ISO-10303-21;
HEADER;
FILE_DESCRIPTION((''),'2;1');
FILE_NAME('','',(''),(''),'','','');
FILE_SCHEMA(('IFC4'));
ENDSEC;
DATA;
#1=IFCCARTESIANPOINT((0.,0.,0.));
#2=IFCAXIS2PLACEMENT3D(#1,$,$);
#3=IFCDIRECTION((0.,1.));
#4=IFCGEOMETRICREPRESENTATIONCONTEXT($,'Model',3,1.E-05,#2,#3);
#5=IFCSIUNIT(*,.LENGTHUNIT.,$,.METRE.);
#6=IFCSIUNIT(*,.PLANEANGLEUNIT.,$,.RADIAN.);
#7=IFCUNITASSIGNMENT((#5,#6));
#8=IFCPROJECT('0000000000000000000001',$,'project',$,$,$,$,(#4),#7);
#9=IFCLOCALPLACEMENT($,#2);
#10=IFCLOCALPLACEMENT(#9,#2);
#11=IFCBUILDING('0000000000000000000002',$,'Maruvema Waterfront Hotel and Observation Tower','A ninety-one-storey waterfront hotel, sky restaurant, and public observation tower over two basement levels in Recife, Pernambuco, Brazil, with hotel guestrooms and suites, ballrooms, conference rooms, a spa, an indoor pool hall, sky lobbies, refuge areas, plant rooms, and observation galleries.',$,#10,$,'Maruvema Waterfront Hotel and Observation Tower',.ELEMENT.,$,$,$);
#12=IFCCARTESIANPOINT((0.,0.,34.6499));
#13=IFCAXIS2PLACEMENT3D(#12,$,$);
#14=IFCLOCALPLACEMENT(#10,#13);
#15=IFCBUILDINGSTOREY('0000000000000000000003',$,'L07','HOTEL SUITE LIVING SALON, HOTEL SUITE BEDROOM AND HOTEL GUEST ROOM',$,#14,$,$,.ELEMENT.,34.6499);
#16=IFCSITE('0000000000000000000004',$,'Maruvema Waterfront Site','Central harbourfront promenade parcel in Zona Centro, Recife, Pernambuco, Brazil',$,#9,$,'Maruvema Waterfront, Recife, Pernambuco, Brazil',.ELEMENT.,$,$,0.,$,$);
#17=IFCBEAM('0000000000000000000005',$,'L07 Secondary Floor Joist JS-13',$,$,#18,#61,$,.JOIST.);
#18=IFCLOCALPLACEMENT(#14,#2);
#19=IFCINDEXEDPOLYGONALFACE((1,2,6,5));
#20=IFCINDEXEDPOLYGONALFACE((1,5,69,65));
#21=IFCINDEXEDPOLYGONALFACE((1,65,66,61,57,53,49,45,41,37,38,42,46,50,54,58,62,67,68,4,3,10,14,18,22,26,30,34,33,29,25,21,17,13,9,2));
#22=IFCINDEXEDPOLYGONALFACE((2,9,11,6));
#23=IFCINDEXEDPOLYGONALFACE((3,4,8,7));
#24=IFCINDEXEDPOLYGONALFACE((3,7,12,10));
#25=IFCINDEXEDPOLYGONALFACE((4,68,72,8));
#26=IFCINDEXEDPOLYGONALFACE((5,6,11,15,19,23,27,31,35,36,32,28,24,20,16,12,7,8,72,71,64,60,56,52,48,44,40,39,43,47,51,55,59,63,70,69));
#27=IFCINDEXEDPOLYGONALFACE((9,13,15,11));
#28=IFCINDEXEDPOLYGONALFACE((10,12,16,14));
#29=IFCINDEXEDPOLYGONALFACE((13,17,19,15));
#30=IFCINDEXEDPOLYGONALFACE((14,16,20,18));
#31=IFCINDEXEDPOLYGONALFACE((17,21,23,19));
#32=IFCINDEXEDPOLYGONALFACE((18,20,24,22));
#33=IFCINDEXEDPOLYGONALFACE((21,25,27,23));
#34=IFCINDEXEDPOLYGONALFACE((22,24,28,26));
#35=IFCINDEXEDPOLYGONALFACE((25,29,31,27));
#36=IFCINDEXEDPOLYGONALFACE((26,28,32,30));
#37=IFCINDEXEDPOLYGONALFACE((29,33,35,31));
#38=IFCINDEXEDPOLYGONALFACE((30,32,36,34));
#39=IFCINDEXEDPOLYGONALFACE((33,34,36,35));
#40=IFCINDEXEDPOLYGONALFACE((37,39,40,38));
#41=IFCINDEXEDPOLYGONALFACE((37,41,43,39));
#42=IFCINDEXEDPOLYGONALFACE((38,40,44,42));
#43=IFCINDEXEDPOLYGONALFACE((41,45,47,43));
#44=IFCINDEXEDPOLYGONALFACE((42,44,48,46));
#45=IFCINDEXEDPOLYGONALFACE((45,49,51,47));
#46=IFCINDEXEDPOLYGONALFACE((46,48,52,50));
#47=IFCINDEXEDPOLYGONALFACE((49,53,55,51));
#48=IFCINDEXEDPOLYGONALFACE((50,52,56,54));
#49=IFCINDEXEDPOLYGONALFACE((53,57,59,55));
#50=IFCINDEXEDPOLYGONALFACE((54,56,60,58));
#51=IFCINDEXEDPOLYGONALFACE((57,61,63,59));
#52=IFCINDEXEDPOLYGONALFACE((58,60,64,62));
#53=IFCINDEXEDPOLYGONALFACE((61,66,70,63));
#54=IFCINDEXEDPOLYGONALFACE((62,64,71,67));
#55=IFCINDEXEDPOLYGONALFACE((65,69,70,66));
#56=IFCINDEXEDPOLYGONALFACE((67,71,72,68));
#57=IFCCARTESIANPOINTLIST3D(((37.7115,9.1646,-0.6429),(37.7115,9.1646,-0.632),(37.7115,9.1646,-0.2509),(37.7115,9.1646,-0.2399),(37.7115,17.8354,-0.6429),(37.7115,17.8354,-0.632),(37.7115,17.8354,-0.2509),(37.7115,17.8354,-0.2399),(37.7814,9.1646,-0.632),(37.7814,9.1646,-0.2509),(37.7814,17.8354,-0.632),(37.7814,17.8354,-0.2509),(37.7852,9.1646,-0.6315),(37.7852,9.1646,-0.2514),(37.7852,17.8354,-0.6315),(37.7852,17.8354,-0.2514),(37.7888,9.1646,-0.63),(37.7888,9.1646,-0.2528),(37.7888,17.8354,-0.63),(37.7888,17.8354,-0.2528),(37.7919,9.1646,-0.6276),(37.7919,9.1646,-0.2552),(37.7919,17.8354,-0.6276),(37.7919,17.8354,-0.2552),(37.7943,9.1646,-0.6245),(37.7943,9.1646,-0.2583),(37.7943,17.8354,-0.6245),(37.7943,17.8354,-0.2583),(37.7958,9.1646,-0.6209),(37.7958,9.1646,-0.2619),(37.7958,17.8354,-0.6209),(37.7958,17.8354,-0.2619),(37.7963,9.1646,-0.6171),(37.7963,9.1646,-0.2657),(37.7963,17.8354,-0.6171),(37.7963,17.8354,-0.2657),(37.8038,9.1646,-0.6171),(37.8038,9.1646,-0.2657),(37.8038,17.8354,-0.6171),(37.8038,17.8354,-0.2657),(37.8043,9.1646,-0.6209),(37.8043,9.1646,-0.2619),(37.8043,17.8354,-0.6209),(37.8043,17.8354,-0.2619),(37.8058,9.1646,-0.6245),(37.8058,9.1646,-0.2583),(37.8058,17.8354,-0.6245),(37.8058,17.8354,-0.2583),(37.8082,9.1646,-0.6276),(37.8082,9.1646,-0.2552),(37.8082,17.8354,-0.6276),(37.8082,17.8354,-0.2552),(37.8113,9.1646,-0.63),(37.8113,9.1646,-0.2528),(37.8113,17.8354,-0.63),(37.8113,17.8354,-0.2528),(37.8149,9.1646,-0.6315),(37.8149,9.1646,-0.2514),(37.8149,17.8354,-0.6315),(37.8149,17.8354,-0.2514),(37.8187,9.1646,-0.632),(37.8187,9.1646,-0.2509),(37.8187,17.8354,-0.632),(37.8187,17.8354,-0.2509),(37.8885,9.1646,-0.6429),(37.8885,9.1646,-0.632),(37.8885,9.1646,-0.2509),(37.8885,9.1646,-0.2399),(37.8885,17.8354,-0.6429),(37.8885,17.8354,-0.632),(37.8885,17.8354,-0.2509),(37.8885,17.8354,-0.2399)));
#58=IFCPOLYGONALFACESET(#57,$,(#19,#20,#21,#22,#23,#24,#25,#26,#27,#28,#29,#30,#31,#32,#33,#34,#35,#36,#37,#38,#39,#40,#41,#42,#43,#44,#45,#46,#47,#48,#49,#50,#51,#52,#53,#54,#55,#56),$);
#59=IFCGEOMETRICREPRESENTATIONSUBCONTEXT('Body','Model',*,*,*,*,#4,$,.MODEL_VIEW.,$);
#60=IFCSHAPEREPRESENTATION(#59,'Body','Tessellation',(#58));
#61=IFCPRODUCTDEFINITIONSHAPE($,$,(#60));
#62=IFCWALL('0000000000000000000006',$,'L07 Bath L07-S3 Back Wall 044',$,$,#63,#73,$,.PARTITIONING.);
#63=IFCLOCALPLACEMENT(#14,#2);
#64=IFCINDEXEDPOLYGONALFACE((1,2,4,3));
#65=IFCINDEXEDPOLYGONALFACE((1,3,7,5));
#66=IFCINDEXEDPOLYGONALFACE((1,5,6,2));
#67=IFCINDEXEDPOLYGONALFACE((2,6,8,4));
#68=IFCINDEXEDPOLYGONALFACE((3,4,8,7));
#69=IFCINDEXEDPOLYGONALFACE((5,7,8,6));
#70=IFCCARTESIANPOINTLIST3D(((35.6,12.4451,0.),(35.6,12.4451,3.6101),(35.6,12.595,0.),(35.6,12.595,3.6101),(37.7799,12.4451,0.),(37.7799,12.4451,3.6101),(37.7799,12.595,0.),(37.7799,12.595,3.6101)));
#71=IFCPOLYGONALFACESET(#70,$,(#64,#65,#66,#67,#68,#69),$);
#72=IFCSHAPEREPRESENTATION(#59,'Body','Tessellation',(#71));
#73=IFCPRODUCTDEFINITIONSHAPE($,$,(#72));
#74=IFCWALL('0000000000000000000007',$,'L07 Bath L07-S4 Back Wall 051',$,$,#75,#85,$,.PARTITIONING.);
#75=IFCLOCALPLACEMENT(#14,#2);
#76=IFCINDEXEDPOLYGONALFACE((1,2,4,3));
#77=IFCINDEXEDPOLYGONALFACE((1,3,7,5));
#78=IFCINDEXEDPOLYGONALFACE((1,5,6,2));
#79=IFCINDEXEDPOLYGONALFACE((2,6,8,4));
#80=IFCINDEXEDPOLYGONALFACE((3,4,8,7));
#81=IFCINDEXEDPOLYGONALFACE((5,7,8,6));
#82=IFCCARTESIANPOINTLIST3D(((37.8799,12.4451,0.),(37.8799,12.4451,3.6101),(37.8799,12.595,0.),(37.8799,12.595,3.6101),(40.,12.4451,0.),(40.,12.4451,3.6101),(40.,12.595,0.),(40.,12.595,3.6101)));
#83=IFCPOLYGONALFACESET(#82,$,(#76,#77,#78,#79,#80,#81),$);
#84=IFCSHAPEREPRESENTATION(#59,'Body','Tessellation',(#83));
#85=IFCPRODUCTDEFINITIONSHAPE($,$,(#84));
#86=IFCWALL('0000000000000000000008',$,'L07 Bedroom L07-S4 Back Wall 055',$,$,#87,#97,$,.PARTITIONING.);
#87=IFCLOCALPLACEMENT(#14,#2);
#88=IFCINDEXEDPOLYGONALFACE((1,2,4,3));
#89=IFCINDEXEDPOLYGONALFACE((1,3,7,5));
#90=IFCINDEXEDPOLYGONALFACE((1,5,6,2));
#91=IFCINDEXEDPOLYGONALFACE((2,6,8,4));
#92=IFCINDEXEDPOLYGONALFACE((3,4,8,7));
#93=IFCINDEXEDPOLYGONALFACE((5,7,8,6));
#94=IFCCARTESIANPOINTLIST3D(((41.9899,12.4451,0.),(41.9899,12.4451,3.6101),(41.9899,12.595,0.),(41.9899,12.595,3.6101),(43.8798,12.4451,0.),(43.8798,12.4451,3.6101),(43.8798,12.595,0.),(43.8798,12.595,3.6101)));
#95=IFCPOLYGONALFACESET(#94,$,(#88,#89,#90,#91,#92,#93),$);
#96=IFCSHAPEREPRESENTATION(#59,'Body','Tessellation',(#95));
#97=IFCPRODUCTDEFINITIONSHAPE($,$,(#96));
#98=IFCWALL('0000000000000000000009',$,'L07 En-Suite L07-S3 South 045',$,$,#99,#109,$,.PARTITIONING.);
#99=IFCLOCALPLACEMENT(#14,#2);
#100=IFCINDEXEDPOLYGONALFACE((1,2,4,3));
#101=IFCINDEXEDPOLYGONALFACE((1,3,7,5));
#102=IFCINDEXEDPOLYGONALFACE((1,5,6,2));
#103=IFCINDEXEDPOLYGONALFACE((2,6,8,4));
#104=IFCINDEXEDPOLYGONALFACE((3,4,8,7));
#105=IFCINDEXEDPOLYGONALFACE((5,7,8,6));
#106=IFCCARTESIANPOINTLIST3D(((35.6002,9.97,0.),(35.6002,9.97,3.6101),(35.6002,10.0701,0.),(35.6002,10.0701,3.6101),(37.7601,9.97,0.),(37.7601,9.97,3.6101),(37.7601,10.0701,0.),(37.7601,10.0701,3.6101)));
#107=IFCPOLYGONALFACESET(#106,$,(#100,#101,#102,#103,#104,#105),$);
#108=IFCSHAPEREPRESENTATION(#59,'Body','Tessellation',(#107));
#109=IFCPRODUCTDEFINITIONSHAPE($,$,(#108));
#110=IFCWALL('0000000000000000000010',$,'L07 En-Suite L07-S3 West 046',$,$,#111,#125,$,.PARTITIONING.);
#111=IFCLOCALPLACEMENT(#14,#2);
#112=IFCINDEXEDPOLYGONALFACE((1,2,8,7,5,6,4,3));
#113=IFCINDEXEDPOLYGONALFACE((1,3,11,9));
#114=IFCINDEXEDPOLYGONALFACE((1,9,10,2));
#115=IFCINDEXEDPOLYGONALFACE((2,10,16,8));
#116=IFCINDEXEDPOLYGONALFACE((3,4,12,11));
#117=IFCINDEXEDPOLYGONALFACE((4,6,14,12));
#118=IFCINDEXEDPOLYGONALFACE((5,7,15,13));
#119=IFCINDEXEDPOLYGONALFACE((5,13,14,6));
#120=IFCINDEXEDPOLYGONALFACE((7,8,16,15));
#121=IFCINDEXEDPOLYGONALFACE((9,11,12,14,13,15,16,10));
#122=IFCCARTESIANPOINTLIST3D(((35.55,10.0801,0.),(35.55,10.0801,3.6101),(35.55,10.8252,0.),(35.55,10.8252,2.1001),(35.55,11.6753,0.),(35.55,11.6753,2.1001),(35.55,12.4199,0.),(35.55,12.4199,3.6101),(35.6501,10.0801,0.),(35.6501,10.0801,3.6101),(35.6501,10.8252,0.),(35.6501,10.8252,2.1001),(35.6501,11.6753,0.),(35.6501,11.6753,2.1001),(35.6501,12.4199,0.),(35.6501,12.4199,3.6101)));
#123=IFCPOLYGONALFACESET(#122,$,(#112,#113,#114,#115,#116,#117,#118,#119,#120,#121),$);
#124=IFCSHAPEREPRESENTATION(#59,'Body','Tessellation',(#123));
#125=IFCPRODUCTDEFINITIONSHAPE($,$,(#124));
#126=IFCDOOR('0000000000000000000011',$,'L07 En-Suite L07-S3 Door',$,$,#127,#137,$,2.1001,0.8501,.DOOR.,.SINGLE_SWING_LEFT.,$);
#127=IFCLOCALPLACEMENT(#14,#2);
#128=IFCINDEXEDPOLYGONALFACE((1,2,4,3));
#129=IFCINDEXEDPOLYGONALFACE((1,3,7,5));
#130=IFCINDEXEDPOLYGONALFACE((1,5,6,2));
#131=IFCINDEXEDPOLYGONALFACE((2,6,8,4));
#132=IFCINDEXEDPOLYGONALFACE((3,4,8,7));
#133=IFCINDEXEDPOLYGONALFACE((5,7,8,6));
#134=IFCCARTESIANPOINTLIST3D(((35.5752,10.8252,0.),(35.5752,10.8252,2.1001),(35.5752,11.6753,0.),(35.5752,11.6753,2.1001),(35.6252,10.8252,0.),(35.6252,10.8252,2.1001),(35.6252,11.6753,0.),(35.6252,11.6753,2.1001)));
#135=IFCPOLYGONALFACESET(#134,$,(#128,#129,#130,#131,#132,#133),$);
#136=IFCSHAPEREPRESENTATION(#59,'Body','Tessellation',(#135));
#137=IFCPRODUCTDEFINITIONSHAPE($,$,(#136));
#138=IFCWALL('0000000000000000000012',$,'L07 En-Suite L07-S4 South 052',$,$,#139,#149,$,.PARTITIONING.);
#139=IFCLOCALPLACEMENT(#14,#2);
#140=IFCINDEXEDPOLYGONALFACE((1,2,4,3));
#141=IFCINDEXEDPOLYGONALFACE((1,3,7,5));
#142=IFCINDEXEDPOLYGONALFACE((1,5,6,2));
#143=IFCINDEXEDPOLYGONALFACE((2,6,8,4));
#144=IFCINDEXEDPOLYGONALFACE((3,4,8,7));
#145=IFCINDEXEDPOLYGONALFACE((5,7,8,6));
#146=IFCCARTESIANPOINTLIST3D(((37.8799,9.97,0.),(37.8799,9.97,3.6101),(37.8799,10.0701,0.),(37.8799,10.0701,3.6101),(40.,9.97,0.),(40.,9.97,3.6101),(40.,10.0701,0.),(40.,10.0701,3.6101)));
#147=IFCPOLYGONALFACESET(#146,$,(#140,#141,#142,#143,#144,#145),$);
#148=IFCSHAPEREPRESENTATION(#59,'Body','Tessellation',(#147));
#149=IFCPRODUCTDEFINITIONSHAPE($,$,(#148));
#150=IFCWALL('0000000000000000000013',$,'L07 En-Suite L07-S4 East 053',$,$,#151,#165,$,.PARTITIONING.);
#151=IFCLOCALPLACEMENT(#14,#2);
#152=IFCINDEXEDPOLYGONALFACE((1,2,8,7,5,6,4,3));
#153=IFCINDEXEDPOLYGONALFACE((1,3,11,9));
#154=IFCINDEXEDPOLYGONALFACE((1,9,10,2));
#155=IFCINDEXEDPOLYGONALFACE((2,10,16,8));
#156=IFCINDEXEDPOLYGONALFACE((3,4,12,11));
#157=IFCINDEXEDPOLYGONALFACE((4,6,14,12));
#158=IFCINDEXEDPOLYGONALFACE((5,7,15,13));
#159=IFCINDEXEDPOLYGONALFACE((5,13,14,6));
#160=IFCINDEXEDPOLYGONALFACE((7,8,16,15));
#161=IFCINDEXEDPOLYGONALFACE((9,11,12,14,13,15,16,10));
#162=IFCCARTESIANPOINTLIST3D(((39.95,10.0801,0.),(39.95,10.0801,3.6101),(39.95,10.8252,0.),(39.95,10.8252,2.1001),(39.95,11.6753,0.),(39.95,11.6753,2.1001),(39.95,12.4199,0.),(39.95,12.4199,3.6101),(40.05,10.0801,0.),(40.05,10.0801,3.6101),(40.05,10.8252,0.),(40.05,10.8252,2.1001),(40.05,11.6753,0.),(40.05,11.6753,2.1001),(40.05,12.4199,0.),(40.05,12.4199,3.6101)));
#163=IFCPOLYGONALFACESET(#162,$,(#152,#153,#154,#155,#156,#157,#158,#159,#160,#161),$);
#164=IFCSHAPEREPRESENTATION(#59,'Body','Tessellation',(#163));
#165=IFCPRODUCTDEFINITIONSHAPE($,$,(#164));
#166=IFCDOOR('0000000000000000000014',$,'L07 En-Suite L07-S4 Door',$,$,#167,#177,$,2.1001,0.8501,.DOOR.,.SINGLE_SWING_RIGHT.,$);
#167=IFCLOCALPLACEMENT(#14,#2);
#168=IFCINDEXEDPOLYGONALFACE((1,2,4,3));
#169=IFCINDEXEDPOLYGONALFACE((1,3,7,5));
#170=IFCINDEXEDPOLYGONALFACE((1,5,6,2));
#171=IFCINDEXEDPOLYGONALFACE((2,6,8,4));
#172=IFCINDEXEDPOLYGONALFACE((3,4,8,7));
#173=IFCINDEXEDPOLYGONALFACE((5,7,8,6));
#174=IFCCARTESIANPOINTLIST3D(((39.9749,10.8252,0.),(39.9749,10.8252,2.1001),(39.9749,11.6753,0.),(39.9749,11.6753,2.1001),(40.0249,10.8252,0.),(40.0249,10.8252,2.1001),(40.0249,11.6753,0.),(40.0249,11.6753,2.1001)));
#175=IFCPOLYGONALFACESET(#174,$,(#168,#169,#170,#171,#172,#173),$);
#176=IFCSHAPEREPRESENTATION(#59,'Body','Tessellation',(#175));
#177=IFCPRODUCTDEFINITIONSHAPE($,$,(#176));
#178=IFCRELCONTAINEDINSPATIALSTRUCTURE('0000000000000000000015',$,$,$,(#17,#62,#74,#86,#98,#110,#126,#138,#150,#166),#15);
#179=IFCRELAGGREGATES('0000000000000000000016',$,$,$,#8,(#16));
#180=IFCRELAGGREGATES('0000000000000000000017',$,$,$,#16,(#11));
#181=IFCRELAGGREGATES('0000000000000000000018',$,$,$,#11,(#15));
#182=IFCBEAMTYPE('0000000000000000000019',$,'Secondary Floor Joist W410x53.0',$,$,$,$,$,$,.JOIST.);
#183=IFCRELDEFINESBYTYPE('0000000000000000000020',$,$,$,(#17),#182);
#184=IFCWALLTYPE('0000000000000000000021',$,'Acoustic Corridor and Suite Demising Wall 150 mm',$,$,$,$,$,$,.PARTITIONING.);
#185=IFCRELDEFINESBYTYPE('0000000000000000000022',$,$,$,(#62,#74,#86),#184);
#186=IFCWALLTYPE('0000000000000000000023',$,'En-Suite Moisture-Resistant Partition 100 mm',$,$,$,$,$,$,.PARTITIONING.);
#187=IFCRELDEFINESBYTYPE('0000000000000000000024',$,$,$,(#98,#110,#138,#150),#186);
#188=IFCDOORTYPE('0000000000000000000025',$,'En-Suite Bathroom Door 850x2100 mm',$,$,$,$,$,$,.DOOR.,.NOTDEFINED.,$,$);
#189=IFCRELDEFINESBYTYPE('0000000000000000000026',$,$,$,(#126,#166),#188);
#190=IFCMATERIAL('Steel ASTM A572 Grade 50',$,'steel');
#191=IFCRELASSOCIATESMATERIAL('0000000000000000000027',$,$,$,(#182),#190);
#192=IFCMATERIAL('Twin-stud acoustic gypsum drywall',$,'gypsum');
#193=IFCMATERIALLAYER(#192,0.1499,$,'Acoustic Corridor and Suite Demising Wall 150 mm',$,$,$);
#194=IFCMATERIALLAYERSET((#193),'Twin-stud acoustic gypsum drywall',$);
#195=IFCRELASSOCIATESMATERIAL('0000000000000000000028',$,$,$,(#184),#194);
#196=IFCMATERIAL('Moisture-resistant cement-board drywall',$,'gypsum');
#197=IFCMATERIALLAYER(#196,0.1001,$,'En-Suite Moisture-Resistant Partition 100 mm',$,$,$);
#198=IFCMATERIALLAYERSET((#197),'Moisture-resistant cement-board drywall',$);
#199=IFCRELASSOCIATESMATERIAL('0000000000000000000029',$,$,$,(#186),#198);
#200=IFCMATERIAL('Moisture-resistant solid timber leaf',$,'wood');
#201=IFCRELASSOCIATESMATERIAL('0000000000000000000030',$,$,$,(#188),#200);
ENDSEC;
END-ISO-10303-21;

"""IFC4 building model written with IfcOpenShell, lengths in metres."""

from ifc_helpers import new_model, si_unit, direction, frame, frame_2d, origin, origin_2d, place, context, subcontext, project, spatial, rectangle, i_section, extrude, material, layer, layer_set, material_profile, profile_set, type_object, element, fill, save


model = new_model("IFC4")

# Units and contexts
model_context = context("Model", 3, precision=1e-05, world=origin(), true_north=direction((0.0, 1.0)))
body_context = subcontext(model_context, "Body", "Model", "MODEL_VIEW")
ifc_project = project(units=[si_unit("LENGTHUNIT", "METRE"), si_unit("PLANEANGLEUNIT", "RADIAN")], contexts=[model_context])

# Site, building, storey
site_placement = place(None, origin())
site = spatial("IfcSite", under=ifc_project, at=site_placement, Name="Maruvema Waterfront Site", Description="Central harbourfront promenade parcel in Zona Centro, Recife, Pernambuco, Brazil", LongName="Maruvema Waterfront, Recife, Pernambuco, Brazil", CompositionType="ELEMENT", RefElevation=0.0)
building_placement = place(site_placement, origin())
building = spatial("IfcBuilding", under=site, at=building_placement, Name="Maruvema Waterfront Hotel and Observation Tower", Description="A ninety-one-storey waterfront hotel, sky restaurant, and public observation tower over two basement levels in Recife, Pernambuco, Brazil, with hotel guestrooms and suites, ballrooms, conference rooms, a spa, an indoor pool hall, sky lobbies, refuge areas, plant rooms, and observation galleries.", LongName="Maruvema Waterfront Hotel and Observation Tower", CompositionType="ELEMENT")
storey_placement = place(building_placement, frame((0.0, 0.0, 34.6499)))
storey = spatial("IfcBuildingStorey", under=building, at=storey_placement, Name="L07", Description="HOTEL SUITE LIVING SALON, HOTEL SUITE BEDROOM AND HOTEL GUEST ROOM", CompositionType="ELEMENT", Elevation=34.6499)

# Beam
ifc_material_1 = material(Name="Steel ASTM A572 Grade 50", Category="steel")
ifc_material_profile_1 = material_profile(ifc_material_1, i_section(OverallWidth=0.177, OverallDepth=0.4031, WebThickness=0.0076, FlangeThickness=0.011, FilletRadius=0.0149, at=origin_2d()), Name="W410x53.0")
ifc_profile_set_1 = profile_set([ifc_material_profile_1], Name="Steel ASTM A572 Grade 50")
beam_type_1 = type_object("IfcBeamType", Name="Secondary Floor Joist W410x53.0", PredefinedType="JOIST", material=ifc_profile_set_1)
beam_1_placement = place(storey_placement, frame((37.8, 9.1646, -0.4414), z_axis=(0.0, 1.0, 0.0), x_axis=(-1.0, 0.0, 0.0)))
element("IfcBeam", 1, at=beam_1_placement, inside=storey, type_object=beam_type_1, Name="L07 Secondary Floor Joist JS-13", PredefinedType="JOIST", context=body_context, shape_type="SweptSolid", body=[
    extrude(i_section(OverallWidth=0.177, OverallDepth=0.4031, WebThickness=0.0076, FlangeThickness=0.011, FilletRadius=0.0149, at=origin_2d()), origin(), (0.0, 0.0, 1.0), 8.6709),
])

# Walls
ifc_material_2 = material(Name="Twin-stud acoustic gypsum drywall", Category="gypsum")
ifc_layer_1 = layer(ifc_material_2, 0.1499, Name="Acoustic Corridor and Suite Demising Wall 150 mm")
ifc_layer_set_1 = layer_set([ifc_layer_1], Name="Twin-stud acoustic gypsum drywall")
wall_type_1 = type_object("IfcWallType", Name="Acoustic Corridor and Suite Demising Wall 150 mm", PredefinedType="PARTITIONING", material=ifc_layer_set_1)
wall_1_placement = place(storey_placement, frame((35.6001, 12.52, 0.0), z_axis=(0.0, 0.0, 1.0), x_axis=(1.0, 0.0, 0.0)))
element("IfcWall", 2, at=wall_1_placement, inside=storey, type_object=wall_type_1, Name="L07 Bath L07-S3 Back Wall 044", PredefinedType="PARTITIONING", context=body_context, shape_type="SweptSolid", body=[
    extrude(rectangle(XDim=2.1799, YDim=0.1499, at=frame_2d((1.0898, 0.0))), origin(), (0.0, 0.0, 1.0), 3.6101),
])
wall_2_placement = place(storey_placement, frame((37.8799, 12.52, 0.0), z_axis=(0.0, 0.0, 1.0), x_axis=(1.0, 0.0, 0.0)))
element("IfcWall", 3, at=wall_2_placement, inside=storey, type_object=wall_type_1, Name="L07 Bath L07-S4 Back Wall 051", PredefinedType="PARTITIONING", context=body_context, shape_type="SweptSolid", body=[
    extrude(rectangle(XDim=2.1201, YDim=0.1499, at=frame_2d((1.0601, 0.0))), origin(), (0.0, 0.0, 1.0), 3.6101),
])

# Walls
wall_3_placement = place(storey_placement, frame((41.99, 12.52, 0.0), z_axis=(0.0, 0.0, 1.0), x_axis=(1.0, 0.0, 0.0)))
element("IfcWall", 4, at=wall_3_placement, inside=storey, type_object=wall_type_1, Name="L07 Bedroom L07-S4 Back Wall 055", PredefinedType="PARTITIONING", context=body_context, shape_type="SweptSolid", body=[
    extrude(rectangle(XDim=1.8899, YDim=0.1499, at=frame_2d((0.9448, 0.0))), origin(), (0.0, 0.0, 1.0), 3.6101),
])
ifc_material_3 = material(Name="Moisture-resistant cement-board drywall", Category="gypsum")
ifc_layer_2 = layer(ifc_material_3, 0.1001, Name="En-Suite Moisture-Resistant Partition 100 mm")
ifc_layer_set_2 = layer_set([ifc_layer_2], Name="Moisture-resistant cement-board drywall")
wall_type_2 = type_object("IfcWallType", Name="En-Suite Moisture-Resistant Partition 100 mm", PredefinedType="PARTITIONING", material=ifc_layer_set_2)
wall_4_placement = place(storey_placement, frame((35.6001, 10.02, 0.0), z_axis=(0.0, 0.0, 1.0), x_axis=(1.0, 0.0, 0.0)))
element("IfcWall", 5, at=wall_4_placement, inside=storey, type_object=wall_type_2, Name="L07 En-Suite L07-S3 South 045", PredefinedType="PARTITIONING", context=body_context, shape_type="SweptSolid", body=[
    extrude(rectangle(XDim=2.1599, YDim=0.1001, at=frame_2d((1.0801, 0.0))), origin(), (0.0, 0.0, 1.0), 3.6101),
])

# Wall, opening, door
wall_5_placement = place(storey_placement, frame((35.6001, 10.0801, 0.0), z_axis=(0.0, 0.0, 1.0), x_axis=(0.0, 1.0, 0.0)))
wall_5 = element("IfcWall", 6, at=wall_5_placement, inside=storey, type_object=wall_type_2, Name="L07 En-Suite L07-S3 West 046", PredefinedType="PARTITIONING", context=body_context, shape_type="SweptSolid", body=[
    extrude(rectangle(XDim=2.3398, YDim=0.1001, at=frame_2d((1.1699, 0.0))), origin(), (0.0, 0.0, 1.0), 3.6101),
])
opening_1_placement = place(wall_5_placement, frame((0.7451, 0.0, 0.0)))
opening_1 = element("IfcOpeningElement", 7, at=opening_1_placement, cuts=wall_5, PredefinedType="OPENING", context=body_context, shape_type="SweptSolid", body=[
    extrude(rectangle(XDim=0.8501, YDim=2.1001, at=frame_2d((0.425, 1.05))), frame((0.0, 0.0601, 0.0), z_axis=(0.0, -1.0, 0.0), x_axis=(1.0, 0.0, 0.0)), (0.0, 0.0, 1.0), 0.1201),
])
ifc_material_4 = material(Name="Moisture-resistant solid timber leaf", Category="wood")
door_type_1 = type_object("IfcDoorType", Name="En-Suite Bathroom Door 850x2100 mm", OperationType="NOTDEFINED", PredefinedType="DOOR", material=ifc_material_4)
door_1_placement = place(opening_1_placement, origin())
door_1 = element("IfcDoor", 8, at=door_1_placement, inside=storey, type_object=door_type_1, Name="L07 En-Suite L07-S3 Door", OperationType="SINGLE_SWING_LEFT", OverallHeight=2.1001, OverallWidth=0.8501, PredefinedType="DOOR", context=body_context, shape_type="SweptSolid", body=[
    extrude(rectangle(XDim=0.8501, YDim=2.1001, at=frame_2d((0.425, 1.05))), frame((0.0, 0.0249, 0.0), z_axis=(0.0, -1.0, 0.0), x_axis=(1.0, 0.0, 0.0)), (0.0, 0.0, 1.0), 0.05),
])
fill(opening_1, door_1)

# Wall
wall_6_placement = place(storey_placement, frame((37.8799, 10.02, 0.0), z_axis=(0.0, 0.0, 1.0), x_axis=(1.0, 0.0, 0.0)))
element("IfcWall", 9, at=wall_6_placement, inside=storey, type_object=wall_type_2, Name="L07 En-Suite L07-S4 South 052", PredefinedType="PARTITIONING", context=body_context, shape_type="SweptSolid", body=[
    extrude(rectangle(XDim=2.1201, YDim=0.1001, at=frame_2d((1.0601, 0.0))), origin(), (0.0, 0.0, 1.0), 3.6101),
])

# Wall, opening, door
wall_7_placement = place(storey_placement, frame((40.0, 10.0801, 0.0), z_axis=(0.0, 0.0, 1.0), x_axis=(0.0, 1.0, 0.0)))
wall_7 = element("IfcWall", 10, at=wall_7_placement, inside=storey, type_object=wall_type_2, Name="L07 En-Suite L07-S4 East 053", PredefinedType="PARTITIONING", context=body_context, shape_type="SweptSolid", body=[
    extrude(rectangle(XDim=2.3398, YDim=0.1001, at=frame_2d((1.1699, 0.0))), origin(), (0.0, 0.0, 1.0), 3.6101),
])
opening_2_placement = place(wall_7_placement, frame((0.7451, 0.0, 0.0)))
opening_2 = element("IfcOpeningElement", 11, at=opening_2_placement, cuts=wall_7, PredefinedType="OPENING", context=body_context, shape_type="SweptSolid", body=[
    extrude(rectangle(XDim=0.8501, YDim=2.1001, at=frame_2d((0.425, 1.05))), frame((0.0, 0.0601, 0.0), z_axis=(0.0, -1.0, 0.0), x_axis=(1.0, 0.0, 0.0)), (0.0, 0.0, 1.0), 0.1201),
])
door_2_placement = place(opening_2_placement, frame((0.8501, 0.0, 0.0), z_axis=(0.0, 0.0, 1.0), x_axis=(-1.0, 0.0, 0.0)))
door_2 = element("IfcDoor", 12, at=door_2_placement, inside=storey, type_object=door_type_1, Name="L07 En-Suite L07-S4 Door", OperationType="SINGLE_SWING_RIGHT", OverallHeight=2.1001, OverallWidth=0.8501, PredefinedType="DOOR", context=body_context, shape_type="SweptSolid", body=[
    extrude(rectangle(XDim=0.8501, YDim=2.1001, at=frame_2d((0.425, 1.05))), frame((0.0, 0.0249, 0.0), z_axis=(0.0, -1.0, 0.0), x_axis=(1.0, 0.0, 0.0)), (0.0, 0.0, 1.0), 0.05),
])
fill(opening_2, door_2)

save(model, "model.ifc")
